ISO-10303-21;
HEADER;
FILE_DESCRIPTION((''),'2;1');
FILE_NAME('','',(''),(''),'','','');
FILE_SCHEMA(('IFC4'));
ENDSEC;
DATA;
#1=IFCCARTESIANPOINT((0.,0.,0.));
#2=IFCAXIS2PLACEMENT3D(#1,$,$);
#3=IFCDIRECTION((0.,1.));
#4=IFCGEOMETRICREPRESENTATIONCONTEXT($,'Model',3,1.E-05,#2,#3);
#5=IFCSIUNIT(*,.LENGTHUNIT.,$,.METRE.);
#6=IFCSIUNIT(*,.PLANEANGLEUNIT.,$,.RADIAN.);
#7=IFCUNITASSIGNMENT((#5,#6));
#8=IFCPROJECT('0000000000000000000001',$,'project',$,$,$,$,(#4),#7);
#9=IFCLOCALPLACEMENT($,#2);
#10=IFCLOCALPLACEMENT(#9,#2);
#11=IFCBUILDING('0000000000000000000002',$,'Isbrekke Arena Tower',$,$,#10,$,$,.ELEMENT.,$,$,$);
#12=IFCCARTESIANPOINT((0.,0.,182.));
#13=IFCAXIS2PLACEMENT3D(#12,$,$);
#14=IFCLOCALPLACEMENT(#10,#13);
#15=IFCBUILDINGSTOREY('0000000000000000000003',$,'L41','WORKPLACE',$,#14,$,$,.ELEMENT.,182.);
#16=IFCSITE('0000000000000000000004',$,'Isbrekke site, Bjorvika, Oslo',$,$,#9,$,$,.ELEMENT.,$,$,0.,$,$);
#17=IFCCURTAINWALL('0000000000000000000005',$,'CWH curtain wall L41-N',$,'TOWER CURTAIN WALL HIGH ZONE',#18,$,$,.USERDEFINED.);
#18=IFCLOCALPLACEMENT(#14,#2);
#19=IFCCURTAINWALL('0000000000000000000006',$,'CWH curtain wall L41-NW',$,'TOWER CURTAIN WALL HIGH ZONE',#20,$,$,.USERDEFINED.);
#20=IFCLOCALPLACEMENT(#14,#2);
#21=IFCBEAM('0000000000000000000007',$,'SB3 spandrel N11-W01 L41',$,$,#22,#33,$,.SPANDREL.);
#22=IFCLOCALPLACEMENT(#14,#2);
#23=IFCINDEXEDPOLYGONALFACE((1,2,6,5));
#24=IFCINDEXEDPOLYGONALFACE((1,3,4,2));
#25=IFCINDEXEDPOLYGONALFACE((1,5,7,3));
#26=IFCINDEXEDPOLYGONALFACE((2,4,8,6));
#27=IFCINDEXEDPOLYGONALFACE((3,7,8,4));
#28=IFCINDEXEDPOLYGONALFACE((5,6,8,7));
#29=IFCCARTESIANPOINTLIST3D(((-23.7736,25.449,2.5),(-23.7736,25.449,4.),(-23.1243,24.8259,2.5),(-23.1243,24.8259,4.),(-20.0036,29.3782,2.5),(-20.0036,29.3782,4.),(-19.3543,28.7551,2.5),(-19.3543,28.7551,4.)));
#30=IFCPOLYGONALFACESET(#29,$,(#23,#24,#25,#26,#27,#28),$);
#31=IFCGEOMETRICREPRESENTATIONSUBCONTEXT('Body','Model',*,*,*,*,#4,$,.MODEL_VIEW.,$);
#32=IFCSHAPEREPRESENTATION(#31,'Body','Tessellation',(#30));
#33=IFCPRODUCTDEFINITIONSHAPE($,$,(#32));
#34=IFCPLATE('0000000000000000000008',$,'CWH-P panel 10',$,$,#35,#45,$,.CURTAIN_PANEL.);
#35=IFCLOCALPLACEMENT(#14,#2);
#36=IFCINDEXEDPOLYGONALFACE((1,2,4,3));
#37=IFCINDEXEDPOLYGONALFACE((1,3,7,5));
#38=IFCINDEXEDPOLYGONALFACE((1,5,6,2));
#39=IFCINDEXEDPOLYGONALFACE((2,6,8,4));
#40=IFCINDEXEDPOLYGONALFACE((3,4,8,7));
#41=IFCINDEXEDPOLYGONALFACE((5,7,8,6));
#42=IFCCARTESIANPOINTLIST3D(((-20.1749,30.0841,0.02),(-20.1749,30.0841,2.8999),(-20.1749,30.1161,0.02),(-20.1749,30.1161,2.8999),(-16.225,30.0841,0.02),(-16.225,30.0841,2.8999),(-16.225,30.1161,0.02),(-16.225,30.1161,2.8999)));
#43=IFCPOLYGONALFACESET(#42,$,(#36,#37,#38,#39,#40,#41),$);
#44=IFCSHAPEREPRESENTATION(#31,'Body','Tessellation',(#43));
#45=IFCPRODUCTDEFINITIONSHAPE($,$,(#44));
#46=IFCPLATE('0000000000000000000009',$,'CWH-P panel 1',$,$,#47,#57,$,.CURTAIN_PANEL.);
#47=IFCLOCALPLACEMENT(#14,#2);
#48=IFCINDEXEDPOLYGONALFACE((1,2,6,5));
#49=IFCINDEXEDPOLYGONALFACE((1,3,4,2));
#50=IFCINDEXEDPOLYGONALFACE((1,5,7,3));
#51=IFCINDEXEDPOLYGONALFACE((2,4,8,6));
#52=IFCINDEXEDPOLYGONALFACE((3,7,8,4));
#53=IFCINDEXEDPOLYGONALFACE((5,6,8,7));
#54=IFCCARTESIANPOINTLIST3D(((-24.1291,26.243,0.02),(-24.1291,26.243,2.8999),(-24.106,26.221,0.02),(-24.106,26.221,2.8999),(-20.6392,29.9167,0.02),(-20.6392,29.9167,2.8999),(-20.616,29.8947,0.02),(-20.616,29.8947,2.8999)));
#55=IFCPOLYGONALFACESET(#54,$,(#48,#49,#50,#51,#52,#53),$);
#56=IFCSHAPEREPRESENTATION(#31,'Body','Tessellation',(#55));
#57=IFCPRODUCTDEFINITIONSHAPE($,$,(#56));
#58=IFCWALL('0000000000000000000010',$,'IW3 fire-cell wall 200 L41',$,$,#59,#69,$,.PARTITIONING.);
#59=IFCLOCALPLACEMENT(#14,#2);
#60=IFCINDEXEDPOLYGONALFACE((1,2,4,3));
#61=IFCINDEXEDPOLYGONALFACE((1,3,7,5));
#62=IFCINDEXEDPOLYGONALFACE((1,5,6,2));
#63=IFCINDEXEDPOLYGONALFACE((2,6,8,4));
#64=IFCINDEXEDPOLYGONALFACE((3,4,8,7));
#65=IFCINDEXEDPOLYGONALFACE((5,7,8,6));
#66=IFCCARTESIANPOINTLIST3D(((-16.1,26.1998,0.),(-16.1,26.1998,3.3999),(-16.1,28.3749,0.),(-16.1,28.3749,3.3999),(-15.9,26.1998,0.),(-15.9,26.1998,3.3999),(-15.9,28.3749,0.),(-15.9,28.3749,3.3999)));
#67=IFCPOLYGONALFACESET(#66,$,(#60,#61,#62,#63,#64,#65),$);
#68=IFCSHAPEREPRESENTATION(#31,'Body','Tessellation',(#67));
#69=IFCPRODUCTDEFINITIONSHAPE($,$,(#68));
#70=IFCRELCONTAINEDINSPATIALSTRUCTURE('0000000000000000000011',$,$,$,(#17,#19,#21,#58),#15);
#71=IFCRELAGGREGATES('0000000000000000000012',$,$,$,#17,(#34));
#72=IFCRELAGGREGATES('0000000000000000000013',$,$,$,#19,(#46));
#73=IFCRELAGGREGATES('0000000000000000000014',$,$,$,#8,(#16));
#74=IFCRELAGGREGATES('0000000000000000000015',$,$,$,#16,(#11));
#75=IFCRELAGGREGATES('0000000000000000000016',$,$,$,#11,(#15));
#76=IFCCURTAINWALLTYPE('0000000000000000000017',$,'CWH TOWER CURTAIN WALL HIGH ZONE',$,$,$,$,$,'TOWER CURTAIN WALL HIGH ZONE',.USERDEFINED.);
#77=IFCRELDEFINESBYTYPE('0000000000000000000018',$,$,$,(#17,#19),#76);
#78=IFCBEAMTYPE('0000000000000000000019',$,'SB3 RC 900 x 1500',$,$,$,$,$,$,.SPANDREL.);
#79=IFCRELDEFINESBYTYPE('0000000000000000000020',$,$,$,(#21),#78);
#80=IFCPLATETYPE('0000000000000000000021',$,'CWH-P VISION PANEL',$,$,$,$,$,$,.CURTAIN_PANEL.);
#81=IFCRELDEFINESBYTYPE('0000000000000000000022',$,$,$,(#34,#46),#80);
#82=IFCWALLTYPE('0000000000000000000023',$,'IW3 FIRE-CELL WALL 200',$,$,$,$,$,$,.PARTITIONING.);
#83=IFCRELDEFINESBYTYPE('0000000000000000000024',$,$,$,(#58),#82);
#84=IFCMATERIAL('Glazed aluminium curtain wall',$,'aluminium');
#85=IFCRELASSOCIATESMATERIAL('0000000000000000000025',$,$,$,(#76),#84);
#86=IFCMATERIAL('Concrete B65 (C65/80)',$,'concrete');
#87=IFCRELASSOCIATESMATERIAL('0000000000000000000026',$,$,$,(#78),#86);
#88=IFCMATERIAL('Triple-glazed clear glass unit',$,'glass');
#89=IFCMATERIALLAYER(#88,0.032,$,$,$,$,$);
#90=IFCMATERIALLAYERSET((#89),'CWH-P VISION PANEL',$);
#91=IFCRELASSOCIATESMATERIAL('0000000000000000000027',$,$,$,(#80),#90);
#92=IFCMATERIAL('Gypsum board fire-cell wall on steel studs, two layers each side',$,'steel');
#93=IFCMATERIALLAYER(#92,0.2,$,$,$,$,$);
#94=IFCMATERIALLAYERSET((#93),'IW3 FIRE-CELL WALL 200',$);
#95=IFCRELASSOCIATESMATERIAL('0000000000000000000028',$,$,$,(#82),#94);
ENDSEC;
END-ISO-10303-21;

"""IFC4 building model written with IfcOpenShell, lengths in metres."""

from ifc_helpers import new_model, si_unit, direction, frame, frame_2d, origin, origin_2d, place, context, subcontext, project, spatial, rectangle, extrude, material, layer, layer_set, material_profile, profile_set, type_object, element, aggregate, save


model = new_model("IFC4")

# Units and contexts
model_context = context("Model", 3, precision=1e-05, world=origin(), true_north=direction((0.0, 1.0)))
body_context = subcontext(model_context, "Body", "Model", "MODEL_VIEW")
ifc_project = project(units=[si_unit("LENGTHUNIT", "METRE"), si_unit("PLANEANGLEUNIT", "RADIAN")], contexts=[model_context])

# Site, building, storey
site_placement = place(None, origin())
site = spatial("IfcSite", under=ifc_project, at=site_placement, Name="Isbrekke site, Bjorvika, Oslo", CompositionType="ELEMENT", RefElevation=0.0)
building_placement = place(site_placement, origin())
building = spatial("IfcBuilding", under=site, at=building_placement, Name="Isbrekke Arena Tower", CompositionType="ELEMENT")
storey_placement = place(building_placement, frame((0.0, 0.0, 182.0)))
storey = spatial("IfcBuildingStorey", under=building, at=storey_placement, Name="L41", Description="WORKPLACE", CompositionType="ELEMENT", Elevation=182.0)

# Curtain wall
ifc_material_1 = material(Name="Glazed aluminium curtain wall", Category="aluminium")
curtain_wall_type = type_object("IfcCurtainWallType", Name="CWH TOWER CURTAIN WALL HIGH ZONE", ElementType="TOWER CURTAIN WALL HIGH ZONE", PredefinedType="USERDEFINED", material=ifc_material_1)
curtain_wall_1_placement = place(storey_placement, origin())
curtain_wall_1 = element("IfcCurtainWall", 1, at=curtain_wall_1_placement, inside=storey, type_object=curtain_wall_type, Name="CWH curtain wall L41-N", ObjectType="TOWER CURTAIN WALL HIGH ZONE", PredefinedType="USERDEFINED")

# Curtain wall
curtain_wall_2_placement = place(storey_placement, origin())
curtain_wall_2 = element("IfcCurtainWall", 2, at=curtain_wall_2_placement, inside=storey, type_object=curtain_wall_type, Name="CWH curtain wall L41-NW", ObjectType="TOWER CURTAIN WALL HIGH ZONE", PredefinedType="USERDEFINED")

# Beam
ifc_material_2 = material(Name="Concrete B65 (C65/80)", Category="concrete")
ifc_material_profile_1 = material_profile(ifc_material_2, rectangle(XDim=0.8999, YDim=1.5, at=origin_2d()), Name="RC 900x1500")
ifc_profile_set_1 = profile_set([ifc_material_profile_1], Name="Concrete B65 (C65/80)")
beam_type_1 = type_object("IfcBeamType", Name="SB3 RC 900 x 1500", PredefinedType="SPANDREL", material=ifc_profile_set_1)
beam_1_placement = place(storey_placement, frame((-19.679, 29.0667, 3.25), z_axis=(-0.69234, -0.721572, 0.0), x_axis=(0.721572, -0.69234, 0.0)))
element("IfcBeam", 3, at=beam_1_placement, inside=storey, type_object=beam_type_1, Name="SB3 spandrel N11-W01 L41", PredefinedType="SPANDREL", context=body_context, shape_type="SweptSolid", body=[
    extrude(rectangle(XDim=0.8999, YDim=1.5, at=origin_2d()), origin(), (0.0, 0.0, 1.0), 5.4453),
])

# Plates
ifc_material_3 = material(Name="Triple-glazed clear glass unit", Category="glass")
ifc_layer_1 = layer(ifc_material_3, 0.032)
ifc_layer_set_1 = layer_set([ifc_layer_1], Name="CWH-P VISION PANEL")
plate_type = type_object("IfcPlateType", Name="CWH-P VISION PANEL", PredefinedType="CURTAIN_PANEL", material=ifc_layer_set_1)
plate_1_placement = place(storey_placement, frame((-18.2, 30.1001, 0.02), z_axis=(0.0, 0.0, 1.0), x_axis=(-1.0, 0.0, 0.0)))
plate_1 = element("IfcPlate", 4, at=plate_1_placement, type_object=plate_type, Name="CWH-P panel 10", PredefinedType="CURTAIN_PANEL", context=body_context, shape_type="SweptSolid", body=[
    extrude(rectangle(XDim=3.95, YDim=0.032, at=origin_2d()), origin(), (0.0, 0.0, 1.0), 2.8799),
])
aggregate(curtain_wall_1, [plate_1])
plate_2_placement = place(storey_placement, frame((-22.3726, 28.0688, 0.02), z_axis=(0.0, 0.0, 1.0), x_axis=(-0.688749, -0.724999, 0.0)))
plate_2 = element("IfcPlate", 5, at=plate_2_placement, type_object=plate_type, Name="CWH-P panel 1", PredefinedType="CURTAIN_PANEL", context=body_context, shape_type="SweptSolid", body=[
    extrude(rectangle(XDim=5.0671, YDim=0.032, at=origin_2d()), origin(), (0.0, 0.0, 1.0), 2.8799),
])
aggregate(curtain_wall_2, [plate_2])

# Shared definitions
ifc_material_4 = material(Name="Gypsum board fire-cell wall on steel studs, two layers each side", Category="steel")
ifc_layer_2 = layer(ifc_material_4, 0.2)
ifc_layer_set_2 = layer_set([ifc_layer_2], Name="IW3 FIRE-CELL WALL 200")
wall_type = type_object("IfcWallType", Name="IW3 FIRE-CELL WALL 200", PredefinedType="PARTITIONING", material=ifc_layer_set_2)

# Wall
wall_1_placement = place(storey_placement, frame((-16.0, 26.2, 0.0), z_axis=(0.0, 0.0, 1.0), x_axis=(0.0, 1.0, 0.0)))
element("IfcWall", 6, at=wall_1_placement, inside=storey, type_object=wall_type, Name="IW3 fire-cell wall 200 L41", PredefinedType="PARTITIONING", context=body_context, shape_type="SweptSolid", body=[
    extrude(rectangle(XDim=2.175, YDim=0.2, at=frame_2d((1.0874, 0.0))), origin(), (0.0, 0.0, 1.0), 3.3999),
])

save(model, "model.ifc")
